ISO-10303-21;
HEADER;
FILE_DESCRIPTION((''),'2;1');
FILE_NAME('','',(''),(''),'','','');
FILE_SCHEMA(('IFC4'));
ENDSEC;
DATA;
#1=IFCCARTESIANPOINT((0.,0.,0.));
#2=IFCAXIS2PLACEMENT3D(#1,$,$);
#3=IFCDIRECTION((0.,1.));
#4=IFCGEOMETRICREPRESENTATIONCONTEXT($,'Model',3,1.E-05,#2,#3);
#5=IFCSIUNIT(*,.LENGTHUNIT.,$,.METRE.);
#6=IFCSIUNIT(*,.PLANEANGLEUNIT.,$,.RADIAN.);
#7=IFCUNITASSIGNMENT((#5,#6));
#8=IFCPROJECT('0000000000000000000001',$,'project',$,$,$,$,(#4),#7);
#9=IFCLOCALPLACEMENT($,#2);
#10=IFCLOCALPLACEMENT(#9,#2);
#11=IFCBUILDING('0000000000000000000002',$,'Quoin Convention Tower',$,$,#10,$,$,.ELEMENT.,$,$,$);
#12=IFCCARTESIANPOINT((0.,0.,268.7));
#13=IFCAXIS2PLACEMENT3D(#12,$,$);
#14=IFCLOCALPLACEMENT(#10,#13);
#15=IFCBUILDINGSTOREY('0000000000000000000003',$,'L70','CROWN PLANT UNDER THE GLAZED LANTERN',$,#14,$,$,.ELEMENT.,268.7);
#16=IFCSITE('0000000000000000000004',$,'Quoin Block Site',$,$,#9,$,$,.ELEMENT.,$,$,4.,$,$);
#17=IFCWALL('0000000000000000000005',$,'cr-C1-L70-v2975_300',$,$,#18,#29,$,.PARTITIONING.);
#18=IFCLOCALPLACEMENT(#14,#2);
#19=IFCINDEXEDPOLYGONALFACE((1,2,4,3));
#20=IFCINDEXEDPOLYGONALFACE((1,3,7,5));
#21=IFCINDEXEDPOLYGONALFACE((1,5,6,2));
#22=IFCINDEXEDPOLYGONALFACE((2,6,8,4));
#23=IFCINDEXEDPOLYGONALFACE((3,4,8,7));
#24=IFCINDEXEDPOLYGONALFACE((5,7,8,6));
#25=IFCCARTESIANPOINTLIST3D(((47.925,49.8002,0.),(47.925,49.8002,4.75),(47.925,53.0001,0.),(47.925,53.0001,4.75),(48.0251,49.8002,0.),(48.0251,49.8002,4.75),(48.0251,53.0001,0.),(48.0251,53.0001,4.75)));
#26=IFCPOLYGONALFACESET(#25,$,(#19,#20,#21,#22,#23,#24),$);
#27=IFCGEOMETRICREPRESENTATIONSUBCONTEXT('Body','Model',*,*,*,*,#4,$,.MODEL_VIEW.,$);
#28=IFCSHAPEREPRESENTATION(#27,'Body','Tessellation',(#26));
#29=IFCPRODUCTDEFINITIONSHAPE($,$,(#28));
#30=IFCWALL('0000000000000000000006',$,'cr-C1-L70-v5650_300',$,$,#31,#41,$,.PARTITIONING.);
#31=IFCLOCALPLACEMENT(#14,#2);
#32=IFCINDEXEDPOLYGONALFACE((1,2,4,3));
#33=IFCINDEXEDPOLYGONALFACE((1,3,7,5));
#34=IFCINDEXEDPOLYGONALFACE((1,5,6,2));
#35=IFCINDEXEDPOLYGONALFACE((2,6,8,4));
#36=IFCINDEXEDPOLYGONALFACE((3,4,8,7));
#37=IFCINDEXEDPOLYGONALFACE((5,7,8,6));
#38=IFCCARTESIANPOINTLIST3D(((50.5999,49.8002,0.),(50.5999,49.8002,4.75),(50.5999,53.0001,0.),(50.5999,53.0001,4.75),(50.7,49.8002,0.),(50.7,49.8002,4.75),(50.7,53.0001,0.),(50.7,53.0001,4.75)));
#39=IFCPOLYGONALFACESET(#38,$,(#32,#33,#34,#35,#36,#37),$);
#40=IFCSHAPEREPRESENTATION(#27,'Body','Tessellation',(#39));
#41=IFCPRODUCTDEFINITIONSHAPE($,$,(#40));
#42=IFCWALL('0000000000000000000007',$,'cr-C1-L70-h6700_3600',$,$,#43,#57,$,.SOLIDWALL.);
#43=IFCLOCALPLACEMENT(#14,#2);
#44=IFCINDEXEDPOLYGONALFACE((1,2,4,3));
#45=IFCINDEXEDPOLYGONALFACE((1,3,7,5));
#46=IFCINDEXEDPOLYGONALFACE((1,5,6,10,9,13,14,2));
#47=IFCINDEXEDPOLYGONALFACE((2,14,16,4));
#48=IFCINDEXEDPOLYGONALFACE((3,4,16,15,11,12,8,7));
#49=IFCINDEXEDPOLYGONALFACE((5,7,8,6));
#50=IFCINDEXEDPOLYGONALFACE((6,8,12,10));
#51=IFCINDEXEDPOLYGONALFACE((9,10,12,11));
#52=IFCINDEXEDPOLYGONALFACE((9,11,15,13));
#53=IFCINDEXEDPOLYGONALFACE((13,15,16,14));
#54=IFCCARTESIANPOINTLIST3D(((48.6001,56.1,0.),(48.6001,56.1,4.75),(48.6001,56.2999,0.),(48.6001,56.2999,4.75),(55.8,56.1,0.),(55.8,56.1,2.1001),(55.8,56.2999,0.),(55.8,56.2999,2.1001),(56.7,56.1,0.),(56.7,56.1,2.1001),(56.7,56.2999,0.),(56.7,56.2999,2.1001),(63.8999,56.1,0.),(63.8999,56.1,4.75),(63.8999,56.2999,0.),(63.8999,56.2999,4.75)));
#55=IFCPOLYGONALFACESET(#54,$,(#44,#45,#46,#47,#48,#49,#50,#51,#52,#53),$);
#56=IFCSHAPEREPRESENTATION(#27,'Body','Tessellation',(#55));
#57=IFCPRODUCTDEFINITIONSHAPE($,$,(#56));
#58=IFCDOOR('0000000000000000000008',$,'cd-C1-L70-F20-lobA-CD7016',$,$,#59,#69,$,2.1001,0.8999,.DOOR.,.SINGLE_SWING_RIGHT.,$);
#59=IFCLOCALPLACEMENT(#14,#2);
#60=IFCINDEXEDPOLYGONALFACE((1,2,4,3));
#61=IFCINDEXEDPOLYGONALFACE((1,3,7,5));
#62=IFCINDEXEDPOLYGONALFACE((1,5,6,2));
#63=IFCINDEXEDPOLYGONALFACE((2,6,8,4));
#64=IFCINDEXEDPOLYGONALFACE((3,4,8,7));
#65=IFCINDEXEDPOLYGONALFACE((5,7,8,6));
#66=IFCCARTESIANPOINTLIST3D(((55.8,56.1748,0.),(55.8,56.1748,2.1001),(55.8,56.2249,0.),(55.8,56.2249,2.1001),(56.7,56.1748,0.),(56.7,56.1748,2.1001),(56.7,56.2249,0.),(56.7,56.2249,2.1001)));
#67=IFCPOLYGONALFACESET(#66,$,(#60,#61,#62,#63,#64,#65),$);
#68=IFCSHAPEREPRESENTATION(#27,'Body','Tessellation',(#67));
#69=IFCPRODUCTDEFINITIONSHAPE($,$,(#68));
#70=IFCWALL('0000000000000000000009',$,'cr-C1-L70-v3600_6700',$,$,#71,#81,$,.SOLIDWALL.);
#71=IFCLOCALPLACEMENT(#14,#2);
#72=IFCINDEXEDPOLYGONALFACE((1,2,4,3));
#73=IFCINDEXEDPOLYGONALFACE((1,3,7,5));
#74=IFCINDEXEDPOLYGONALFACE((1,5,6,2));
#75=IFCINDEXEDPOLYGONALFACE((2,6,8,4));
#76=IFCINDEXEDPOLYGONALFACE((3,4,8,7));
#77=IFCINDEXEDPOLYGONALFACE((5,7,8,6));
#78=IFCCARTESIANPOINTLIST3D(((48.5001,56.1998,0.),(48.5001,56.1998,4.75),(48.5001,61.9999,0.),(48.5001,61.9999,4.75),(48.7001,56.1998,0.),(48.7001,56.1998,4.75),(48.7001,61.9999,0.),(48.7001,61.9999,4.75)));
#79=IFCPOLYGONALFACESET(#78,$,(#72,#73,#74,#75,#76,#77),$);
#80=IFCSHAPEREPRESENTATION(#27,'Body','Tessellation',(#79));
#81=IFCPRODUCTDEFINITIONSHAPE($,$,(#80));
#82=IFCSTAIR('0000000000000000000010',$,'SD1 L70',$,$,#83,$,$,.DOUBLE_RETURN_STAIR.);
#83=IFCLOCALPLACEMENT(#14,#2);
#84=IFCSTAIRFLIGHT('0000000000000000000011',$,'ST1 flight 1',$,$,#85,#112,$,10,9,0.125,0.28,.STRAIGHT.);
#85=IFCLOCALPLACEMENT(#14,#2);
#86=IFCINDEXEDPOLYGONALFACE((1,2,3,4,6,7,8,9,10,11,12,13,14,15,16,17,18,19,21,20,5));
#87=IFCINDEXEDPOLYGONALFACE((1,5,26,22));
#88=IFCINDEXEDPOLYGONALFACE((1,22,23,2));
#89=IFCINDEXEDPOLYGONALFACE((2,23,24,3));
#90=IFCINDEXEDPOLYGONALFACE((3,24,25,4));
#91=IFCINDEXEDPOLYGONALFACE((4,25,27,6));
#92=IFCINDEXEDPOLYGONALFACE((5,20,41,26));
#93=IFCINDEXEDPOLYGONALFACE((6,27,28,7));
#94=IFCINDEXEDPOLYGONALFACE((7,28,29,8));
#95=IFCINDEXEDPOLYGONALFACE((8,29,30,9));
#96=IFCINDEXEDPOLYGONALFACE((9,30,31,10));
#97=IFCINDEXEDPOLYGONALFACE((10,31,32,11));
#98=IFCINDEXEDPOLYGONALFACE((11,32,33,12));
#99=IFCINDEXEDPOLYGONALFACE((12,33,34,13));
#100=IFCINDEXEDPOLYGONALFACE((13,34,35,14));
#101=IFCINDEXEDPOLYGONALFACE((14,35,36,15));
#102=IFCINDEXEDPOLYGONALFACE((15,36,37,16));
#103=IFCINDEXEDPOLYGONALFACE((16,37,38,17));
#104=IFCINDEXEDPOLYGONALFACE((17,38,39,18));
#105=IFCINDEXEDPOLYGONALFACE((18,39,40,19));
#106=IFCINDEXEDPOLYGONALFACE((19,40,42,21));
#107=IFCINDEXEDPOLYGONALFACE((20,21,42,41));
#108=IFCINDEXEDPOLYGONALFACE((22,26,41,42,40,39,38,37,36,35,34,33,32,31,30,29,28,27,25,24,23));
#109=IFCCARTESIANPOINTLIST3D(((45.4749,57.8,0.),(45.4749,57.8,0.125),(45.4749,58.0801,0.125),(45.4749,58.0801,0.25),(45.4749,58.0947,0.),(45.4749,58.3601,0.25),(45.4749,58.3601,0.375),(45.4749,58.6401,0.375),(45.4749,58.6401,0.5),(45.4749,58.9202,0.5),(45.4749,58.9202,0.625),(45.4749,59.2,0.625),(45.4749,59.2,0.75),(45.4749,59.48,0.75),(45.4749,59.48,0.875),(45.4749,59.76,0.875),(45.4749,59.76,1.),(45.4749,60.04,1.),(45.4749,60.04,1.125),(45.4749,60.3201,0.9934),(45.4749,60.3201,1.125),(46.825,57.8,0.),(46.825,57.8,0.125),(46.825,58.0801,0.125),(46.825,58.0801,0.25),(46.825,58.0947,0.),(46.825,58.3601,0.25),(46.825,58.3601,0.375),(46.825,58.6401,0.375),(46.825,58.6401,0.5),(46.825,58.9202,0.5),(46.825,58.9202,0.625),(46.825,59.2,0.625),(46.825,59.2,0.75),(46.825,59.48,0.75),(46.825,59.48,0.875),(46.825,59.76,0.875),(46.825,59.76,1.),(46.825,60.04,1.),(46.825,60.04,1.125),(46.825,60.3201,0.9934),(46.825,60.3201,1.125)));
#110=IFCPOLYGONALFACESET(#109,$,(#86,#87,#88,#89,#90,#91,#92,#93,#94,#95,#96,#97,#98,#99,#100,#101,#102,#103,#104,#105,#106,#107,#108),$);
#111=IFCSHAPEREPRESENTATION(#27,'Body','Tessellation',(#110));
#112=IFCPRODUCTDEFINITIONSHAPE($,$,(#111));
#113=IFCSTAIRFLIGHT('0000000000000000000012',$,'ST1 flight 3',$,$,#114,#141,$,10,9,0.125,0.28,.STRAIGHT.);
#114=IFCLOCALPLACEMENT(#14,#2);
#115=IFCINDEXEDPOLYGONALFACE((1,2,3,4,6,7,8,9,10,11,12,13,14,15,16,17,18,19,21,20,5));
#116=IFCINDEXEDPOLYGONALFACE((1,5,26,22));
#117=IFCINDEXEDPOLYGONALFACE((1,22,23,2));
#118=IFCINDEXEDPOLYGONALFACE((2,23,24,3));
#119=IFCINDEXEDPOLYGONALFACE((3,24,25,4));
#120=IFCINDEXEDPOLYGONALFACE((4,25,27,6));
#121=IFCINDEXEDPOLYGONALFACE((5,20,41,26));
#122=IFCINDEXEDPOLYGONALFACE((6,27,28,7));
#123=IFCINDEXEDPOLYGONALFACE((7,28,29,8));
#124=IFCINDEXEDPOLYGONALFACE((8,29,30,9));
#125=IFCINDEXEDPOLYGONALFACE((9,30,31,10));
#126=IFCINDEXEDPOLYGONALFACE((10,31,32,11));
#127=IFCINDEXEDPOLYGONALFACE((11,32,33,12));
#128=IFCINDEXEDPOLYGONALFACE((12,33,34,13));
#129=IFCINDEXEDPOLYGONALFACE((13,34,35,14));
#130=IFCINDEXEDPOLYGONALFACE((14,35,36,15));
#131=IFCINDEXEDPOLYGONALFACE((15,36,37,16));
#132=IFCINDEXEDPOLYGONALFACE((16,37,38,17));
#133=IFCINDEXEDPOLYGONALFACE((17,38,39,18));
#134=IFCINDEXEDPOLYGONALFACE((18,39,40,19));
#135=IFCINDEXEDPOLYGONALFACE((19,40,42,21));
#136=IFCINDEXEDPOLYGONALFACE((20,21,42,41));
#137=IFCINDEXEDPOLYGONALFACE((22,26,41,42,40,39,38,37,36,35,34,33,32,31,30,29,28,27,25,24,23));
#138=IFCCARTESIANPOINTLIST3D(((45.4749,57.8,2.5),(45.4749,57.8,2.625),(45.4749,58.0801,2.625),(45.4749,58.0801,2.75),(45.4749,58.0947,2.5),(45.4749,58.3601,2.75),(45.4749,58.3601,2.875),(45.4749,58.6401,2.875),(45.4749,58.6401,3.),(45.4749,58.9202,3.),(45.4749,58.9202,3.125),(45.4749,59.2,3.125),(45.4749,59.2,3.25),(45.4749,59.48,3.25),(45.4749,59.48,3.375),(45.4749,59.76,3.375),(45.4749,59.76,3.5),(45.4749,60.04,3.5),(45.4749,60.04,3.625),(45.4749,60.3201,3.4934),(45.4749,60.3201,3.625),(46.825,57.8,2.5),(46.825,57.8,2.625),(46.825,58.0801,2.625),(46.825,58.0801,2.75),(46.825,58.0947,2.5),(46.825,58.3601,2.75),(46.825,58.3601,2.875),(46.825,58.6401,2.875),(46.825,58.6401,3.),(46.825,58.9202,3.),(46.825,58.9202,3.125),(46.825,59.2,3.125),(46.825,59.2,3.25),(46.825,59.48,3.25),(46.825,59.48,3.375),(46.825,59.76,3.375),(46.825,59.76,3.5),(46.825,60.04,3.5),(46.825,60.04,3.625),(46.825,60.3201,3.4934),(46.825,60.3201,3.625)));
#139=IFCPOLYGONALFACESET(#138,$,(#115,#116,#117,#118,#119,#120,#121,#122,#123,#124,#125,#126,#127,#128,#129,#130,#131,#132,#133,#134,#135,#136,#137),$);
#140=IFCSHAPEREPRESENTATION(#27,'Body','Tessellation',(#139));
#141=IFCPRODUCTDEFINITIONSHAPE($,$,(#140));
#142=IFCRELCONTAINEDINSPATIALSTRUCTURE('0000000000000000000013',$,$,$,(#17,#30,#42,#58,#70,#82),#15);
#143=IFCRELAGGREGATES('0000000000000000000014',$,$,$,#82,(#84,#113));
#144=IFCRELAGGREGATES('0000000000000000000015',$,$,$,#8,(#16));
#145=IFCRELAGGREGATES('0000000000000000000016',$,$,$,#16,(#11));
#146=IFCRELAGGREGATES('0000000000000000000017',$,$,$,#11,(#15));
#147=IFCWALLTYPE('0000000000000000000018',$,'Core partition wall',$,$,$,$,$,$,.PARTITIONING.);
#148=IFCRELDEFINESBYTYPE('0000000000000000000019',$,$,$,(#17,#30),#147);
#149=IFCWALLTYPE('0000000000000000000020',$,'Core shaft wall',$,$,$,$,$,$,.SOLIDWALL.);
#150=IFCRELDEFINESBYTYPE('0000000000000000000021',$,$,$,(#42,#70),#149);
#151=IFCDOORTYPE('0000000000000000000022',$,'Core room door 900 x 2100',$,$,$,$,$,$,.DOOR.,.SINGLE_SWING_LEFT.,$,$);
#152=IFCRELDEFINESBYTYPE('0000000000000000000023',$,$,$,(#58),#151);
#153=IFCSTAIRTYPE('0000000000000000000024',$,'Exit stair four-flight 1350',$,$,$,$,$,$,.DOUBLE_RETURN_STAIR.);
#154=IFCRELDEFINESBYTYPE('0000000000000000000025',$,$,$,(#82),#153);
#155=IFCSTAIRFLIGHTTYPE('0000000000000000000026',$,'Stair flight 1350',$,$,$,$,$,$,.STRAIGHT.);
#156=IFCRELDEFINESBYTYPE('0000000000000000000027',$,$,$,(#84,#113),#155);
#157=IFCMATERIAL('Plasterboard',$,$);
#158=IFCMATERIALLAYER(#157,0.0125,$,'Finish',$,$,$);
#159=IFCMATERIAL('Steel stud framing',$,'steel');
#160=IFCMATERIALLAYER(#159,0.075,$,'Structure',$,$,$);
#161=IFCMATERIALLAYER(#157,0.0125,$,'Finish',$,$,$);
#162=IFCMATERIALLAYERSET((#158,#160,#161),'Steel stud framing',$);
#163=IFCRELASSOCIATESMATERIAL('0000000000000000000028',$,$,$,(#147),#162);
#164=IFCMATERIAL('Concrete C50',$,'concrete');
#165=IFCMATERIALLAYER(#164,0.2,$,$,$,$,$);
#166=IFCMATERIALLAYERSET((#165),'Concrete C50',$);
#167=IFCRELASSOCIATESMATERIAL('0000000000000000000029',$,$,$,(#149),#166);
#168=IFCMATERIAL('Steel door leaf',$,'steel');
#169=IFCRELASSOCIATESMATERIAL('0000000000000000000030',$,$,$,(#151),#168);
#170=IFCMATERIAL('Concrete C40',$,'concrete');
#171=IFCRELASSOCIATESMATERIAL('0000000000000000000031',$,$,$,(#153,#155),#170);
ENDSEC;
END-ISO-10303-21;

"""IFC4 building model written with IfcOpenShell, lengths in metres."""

from ifc_helpers import new_model, si_unit, direction, frame, frame_2d, origin, place, context, subcontext, project, spatial, polyline, rectangle, outline, extrude, material, layer, layer_set, type_object, element, fill, aggregate, save


model = new_model("IFC4")

# Units and contexts
model_context = context("Model", 3, precision=1e-05, world=origin(), true_north=direction((0.0, 1.0)))
body_context = subcontext(model_context, "Body", "Model", "MODEL_VIEW")
ifc_project = project(units=[si_unit("LENGTHUNIT", "METRE"), si_unit("PLANEANGLEUNIT", "RADIAN")], contexts=[model_context])

# Site, building, storey
site_placement = place(None, origin())
site = spatial("IfcSite", under=ifc_project, at=site_placement, Name="Quoin Block Site", CompositionType="ELEMENT", RefElevation=4.0)
building_placement = place(site_placement, origin())
building = spatial("IfcBuilding", under=site, at=building_placement, Name="Quoin Convention Tower", CompositionType="ELEMENT")
storey_placement = place(building_placement, frame((0.0, 0.0, 268.7)))
storey = spatial("IfcBuildingStorey", under=building, at=storey_placement, Name="L70", Description="CROWN PLANT UNDER THE GLAZED LANTERN", CompositionType="ELEMENT", Elevation=268.7)

# Walls
ifc_material_1 = material(Name="Plasterboard")
ifc_layer_1 = layer(ifc_material_1, 0.0125, Name="Finish")
ifc_material_2 = material(Name="Steel stud framing", Category="steel")
ifc_layer_2 = layer(ifc_material_2, 0.075, Name="Structure")
ifc_layer_3 = layer(ifc_material_1, 0.0125, Name="Finish")
ifc_layer_set_1 = layer_set([ifc_layer_1, ifc_layer_2, ifc_layer_3], Name="Steel stud framing")
wall_type_1 = type_object("IfcWallType", Name="Core partition wall", PredefinedType="PARTITIONING", material=ifc_layer_set_1)
for number, where, z_axis, x_axis, name in (
    (1, (47.9751, 49.8, 0.0), (0.0, 0.0, 1.0), (0.0, 1.0, 0.0), "cr-C1-L70-v2975_300"),
    (2, (50.6499, 49.8, 0.0), (0.0, 0.0, 1.0), (0.0, 1.0, 0.0), "cr-C1-L70-v5650_300"),
):
    element("IfcWall", number, at=place(storey_placement, frame(where, z_axis=z_axis, x_axis=x_axis)), inside=storey, type_object=wall_type_1, Name=name, PredefinedType="PARTITIONING", context=body_context, shape_type="SweptSolid", body=[
        extrude(rectangle(XDim=3.2, YDim=0.1001, at=frame_2d((1.6001, 0.0))), origin(), (0.0, 0.0, 1.0), 4.75),
    ])

# Wall, opening, door
ifc_material_3 = material(Name="Concrete C50", Category="concrete")
ifc_layer_4 = layer(ifc_material_3, 0.2)
ifc_layer_set_2 = layer_set([ifc_layer_4], Name="Concrete C50")
wall_type_2 = type_object("IfcWallType", Name="Core shaft wall", PredefinedType="SOLIDWALL", material=ifc_layer_set_2)
wall_1_placement = place(storey_placement, frame((48.6001, 56.2, 0.0), z_axis=(0.0, 0.0, 1.0), x_axis=(1.0, 0.0, 0.0)))
wall_1 = element("IfcWall", 3, at=wall_1_placement, inside=storey, type_object=wall_type_2, Name="cr-C1-L70-h6700_3600", PredefinedType="SOLIDWALL", context=body_context, shape_type="SweptSolid", body=[
    extrude(rectangle(XDim=15.2998, YDim=0.2, at=frame_2d((7.6499, 0.0))), origin(), (0.0, 0.0, 1.0), 4.75),
])
opening_placement = place(wall_1_placement, frame((7.2, 0.0, 0.0)))
opening = element("IfcOpeningElement", 4, at=opening_placement, cuts=wall_1, PredefinedType="OPENING", context=body_context, shape_type="SweptSolid", body=[
    extrude(rectangle(XDim=0.8999, YDim=2.1001, at=frame_2d((0.45, 1.05))), frame((0.0, 0.1099, 0.0), z_axis=(0.0, -1.0, 0.0), x_axis=(1.0, 0.0, 0.0)), (0.0, 0.0, 1.0), 0.22),
])
ifc_material_4 = material(Name="Steel door leaf", Category="steel")
door_type = type_object("IfcDoorType", Name="Core room door 900 x 2100", OperationType="SINGLE_SWING_LEFT", PredefinedType="DOOR", material=ifc_material_4)
door_placement = place(opening_placement, origin())
door = element("IfcDoor", 5, at=door_placement, inside=storey, type_object=door_type, Name="cd-C1-L70-F20-lobA-CD7016", OperationType="SINGLE_SWING_RIGHT", OverallHeight=2.1001, OverallWidth=0.8999, PredefinedType="DOOR", context=body_context, shape_type="SweptSolid", body=[
    extrude(rectangle(XDim=0.8999, YDim=2.1001, at=frame_2d((0.45, 1.05))), frame((0.0, 0.0249, 0.0), z_axis=(0.0, -1.0, 0.0), x_axis=(1.0, 0.0, 0.0)), (0.0, 0.0, 1.0), 0.05),
])
fill(opening, door)

# Wall
wall_2_placement = place(storey_placement, frame((48.6001, 56.2, 0.0), z_axis=(0.0, 0.0, 1.0), x_axis=(0.0, 1.0, 0.0)))
element("IfcWall", 6, at=wall_2_placement, inside=storey, type_object=wall_type_2, Name="cr-C1-L70-v3600_6700", PredefinedType="SOLIDWALL", context=body_context, shape_type="SweptSolid", body=[
    extrude(rectangle(XDim=5.8, YDim=0.2, at=frame_2d((2.8999, 0.0))), origin(), (0.0, 0.0, 1.0), 4.75),
])

# Stair, stair flights
ifc_material_5 = material(Name="Concrete C40", Category="concrete")
stair_type = type_object("IfcStairType", Name="Exit stair four-flight 1350", PredefinedType="DOUBLE_RETURN_STAIR", material=ifc_material_5)
stair_placement = place(storey_placement, origin())
stair = element("IfcStair", 7, at=stair_placement, inside=storey, type_object=stair_type, Name="SD1 L70", PredefinedType="DOUBLE_RETURN_STAIR")
stair_flight_type = type_object("IfcStairFlightType", Name="Stair flight 1350", PredefinedType="STRAIGHT", material=ifc_material_5)
stair_flight_1_placement = place(storey_placement, frame((46.1499, 57.8, 0.0), z_axis=(0.0, 0.0, 1.0), x_axis=(0.0, 1.0, 0.0)))
stair_flight_1 = element("IfcStairFlight", 8, at=stair_flight_1_placement, type_object=stair_flight_type, Name="ST1 flight 1", NumberOfRisers=10, NumberOfTreads=9, PredefinedType="STRAIGHT", RiserHeight=0.125, TreadLength=0.28, context=body_context, shape_type="SweptSolid", body=[
    extrude(outline(polyline([(0.0, 0.0), (0.0, 0.125), (0.28, 0.125), (0.28, 0.25), (0.5601, 0.25), (0.5601, 0.375), (0.8401, 0.375), (0.8401, 0.5), (1.1201, 0.5), (1.1201, 0.625), (1.3999, 0.625), (1.3999, 0.75), (1.6799, 0.75), (1.6799, 0.875), (1.96, 0.875), (1.96, 1.0), (2.24, 1.0), (2.24, 1.125), (2.52, 1.125), (2.52, 1.25), (2.52, 0.9934), (0.2947, 0.0), (0.0, 0.0)])), frame((0.0, 0.675, 0.0), z_axis=(0.0, -1.0, 0.0), x_axis=(1.0, 0.0, 0.0)), (0.0, 0.0, 1.0), 1.3501),
])
stair_flight_2_placement = place(storey_placement, frame((46.1499, 57.8, 2.5), z_axis=(0.0, 0.0, 1.0), x_axis=(0.0, 1.0, 0.0)))
stair_flight_2 = element("IfcStairFlight", 9, at=stair_flight_2_placement, type_object=stair_flight_type, Name="ST1 flight 3", NumberOfRisers=10, NumberOfTreads=9, PredefinedType="STRAIGHT", RiserHeight=0.125, TreadLength=0.28, context=body_context, shape_type="SweptSolid", body=[
    extrude(outline(polyline([(0.0, 0.0), (0.0, 0.125), (0.28, 0.125), (0.28, 0.25), (0.5601, 0.25), (0.5601, 0.375), (0.8401, 0.375), (0.8401, 0.5), (1.1201, 0.5), (1.1201, 0.625), (1.3999, 0.625), (1.3999, 0.75), (1.6799, 0.75), (1.6799, 0.875), (1.96, 0.875), (1.96, 1.0), (2.24, 1.0), (2.24, 1.125), (2.52, 1.125), (2.52, 1.25), (2.52, 0.9934), (0.2947, 0.0), (0.0, 0.0)])), frame((0.0, 0.675, 0.0), z_axis=(0.0, -1.0, 0.0), x_axis=(1.0, 0.0, 0.0)), (0.0, 0.0, 1.0), 1.3501),
])
aggregate(stair, [stair_flight_1, stair_flight_2])

save(model, "model.ifc")
